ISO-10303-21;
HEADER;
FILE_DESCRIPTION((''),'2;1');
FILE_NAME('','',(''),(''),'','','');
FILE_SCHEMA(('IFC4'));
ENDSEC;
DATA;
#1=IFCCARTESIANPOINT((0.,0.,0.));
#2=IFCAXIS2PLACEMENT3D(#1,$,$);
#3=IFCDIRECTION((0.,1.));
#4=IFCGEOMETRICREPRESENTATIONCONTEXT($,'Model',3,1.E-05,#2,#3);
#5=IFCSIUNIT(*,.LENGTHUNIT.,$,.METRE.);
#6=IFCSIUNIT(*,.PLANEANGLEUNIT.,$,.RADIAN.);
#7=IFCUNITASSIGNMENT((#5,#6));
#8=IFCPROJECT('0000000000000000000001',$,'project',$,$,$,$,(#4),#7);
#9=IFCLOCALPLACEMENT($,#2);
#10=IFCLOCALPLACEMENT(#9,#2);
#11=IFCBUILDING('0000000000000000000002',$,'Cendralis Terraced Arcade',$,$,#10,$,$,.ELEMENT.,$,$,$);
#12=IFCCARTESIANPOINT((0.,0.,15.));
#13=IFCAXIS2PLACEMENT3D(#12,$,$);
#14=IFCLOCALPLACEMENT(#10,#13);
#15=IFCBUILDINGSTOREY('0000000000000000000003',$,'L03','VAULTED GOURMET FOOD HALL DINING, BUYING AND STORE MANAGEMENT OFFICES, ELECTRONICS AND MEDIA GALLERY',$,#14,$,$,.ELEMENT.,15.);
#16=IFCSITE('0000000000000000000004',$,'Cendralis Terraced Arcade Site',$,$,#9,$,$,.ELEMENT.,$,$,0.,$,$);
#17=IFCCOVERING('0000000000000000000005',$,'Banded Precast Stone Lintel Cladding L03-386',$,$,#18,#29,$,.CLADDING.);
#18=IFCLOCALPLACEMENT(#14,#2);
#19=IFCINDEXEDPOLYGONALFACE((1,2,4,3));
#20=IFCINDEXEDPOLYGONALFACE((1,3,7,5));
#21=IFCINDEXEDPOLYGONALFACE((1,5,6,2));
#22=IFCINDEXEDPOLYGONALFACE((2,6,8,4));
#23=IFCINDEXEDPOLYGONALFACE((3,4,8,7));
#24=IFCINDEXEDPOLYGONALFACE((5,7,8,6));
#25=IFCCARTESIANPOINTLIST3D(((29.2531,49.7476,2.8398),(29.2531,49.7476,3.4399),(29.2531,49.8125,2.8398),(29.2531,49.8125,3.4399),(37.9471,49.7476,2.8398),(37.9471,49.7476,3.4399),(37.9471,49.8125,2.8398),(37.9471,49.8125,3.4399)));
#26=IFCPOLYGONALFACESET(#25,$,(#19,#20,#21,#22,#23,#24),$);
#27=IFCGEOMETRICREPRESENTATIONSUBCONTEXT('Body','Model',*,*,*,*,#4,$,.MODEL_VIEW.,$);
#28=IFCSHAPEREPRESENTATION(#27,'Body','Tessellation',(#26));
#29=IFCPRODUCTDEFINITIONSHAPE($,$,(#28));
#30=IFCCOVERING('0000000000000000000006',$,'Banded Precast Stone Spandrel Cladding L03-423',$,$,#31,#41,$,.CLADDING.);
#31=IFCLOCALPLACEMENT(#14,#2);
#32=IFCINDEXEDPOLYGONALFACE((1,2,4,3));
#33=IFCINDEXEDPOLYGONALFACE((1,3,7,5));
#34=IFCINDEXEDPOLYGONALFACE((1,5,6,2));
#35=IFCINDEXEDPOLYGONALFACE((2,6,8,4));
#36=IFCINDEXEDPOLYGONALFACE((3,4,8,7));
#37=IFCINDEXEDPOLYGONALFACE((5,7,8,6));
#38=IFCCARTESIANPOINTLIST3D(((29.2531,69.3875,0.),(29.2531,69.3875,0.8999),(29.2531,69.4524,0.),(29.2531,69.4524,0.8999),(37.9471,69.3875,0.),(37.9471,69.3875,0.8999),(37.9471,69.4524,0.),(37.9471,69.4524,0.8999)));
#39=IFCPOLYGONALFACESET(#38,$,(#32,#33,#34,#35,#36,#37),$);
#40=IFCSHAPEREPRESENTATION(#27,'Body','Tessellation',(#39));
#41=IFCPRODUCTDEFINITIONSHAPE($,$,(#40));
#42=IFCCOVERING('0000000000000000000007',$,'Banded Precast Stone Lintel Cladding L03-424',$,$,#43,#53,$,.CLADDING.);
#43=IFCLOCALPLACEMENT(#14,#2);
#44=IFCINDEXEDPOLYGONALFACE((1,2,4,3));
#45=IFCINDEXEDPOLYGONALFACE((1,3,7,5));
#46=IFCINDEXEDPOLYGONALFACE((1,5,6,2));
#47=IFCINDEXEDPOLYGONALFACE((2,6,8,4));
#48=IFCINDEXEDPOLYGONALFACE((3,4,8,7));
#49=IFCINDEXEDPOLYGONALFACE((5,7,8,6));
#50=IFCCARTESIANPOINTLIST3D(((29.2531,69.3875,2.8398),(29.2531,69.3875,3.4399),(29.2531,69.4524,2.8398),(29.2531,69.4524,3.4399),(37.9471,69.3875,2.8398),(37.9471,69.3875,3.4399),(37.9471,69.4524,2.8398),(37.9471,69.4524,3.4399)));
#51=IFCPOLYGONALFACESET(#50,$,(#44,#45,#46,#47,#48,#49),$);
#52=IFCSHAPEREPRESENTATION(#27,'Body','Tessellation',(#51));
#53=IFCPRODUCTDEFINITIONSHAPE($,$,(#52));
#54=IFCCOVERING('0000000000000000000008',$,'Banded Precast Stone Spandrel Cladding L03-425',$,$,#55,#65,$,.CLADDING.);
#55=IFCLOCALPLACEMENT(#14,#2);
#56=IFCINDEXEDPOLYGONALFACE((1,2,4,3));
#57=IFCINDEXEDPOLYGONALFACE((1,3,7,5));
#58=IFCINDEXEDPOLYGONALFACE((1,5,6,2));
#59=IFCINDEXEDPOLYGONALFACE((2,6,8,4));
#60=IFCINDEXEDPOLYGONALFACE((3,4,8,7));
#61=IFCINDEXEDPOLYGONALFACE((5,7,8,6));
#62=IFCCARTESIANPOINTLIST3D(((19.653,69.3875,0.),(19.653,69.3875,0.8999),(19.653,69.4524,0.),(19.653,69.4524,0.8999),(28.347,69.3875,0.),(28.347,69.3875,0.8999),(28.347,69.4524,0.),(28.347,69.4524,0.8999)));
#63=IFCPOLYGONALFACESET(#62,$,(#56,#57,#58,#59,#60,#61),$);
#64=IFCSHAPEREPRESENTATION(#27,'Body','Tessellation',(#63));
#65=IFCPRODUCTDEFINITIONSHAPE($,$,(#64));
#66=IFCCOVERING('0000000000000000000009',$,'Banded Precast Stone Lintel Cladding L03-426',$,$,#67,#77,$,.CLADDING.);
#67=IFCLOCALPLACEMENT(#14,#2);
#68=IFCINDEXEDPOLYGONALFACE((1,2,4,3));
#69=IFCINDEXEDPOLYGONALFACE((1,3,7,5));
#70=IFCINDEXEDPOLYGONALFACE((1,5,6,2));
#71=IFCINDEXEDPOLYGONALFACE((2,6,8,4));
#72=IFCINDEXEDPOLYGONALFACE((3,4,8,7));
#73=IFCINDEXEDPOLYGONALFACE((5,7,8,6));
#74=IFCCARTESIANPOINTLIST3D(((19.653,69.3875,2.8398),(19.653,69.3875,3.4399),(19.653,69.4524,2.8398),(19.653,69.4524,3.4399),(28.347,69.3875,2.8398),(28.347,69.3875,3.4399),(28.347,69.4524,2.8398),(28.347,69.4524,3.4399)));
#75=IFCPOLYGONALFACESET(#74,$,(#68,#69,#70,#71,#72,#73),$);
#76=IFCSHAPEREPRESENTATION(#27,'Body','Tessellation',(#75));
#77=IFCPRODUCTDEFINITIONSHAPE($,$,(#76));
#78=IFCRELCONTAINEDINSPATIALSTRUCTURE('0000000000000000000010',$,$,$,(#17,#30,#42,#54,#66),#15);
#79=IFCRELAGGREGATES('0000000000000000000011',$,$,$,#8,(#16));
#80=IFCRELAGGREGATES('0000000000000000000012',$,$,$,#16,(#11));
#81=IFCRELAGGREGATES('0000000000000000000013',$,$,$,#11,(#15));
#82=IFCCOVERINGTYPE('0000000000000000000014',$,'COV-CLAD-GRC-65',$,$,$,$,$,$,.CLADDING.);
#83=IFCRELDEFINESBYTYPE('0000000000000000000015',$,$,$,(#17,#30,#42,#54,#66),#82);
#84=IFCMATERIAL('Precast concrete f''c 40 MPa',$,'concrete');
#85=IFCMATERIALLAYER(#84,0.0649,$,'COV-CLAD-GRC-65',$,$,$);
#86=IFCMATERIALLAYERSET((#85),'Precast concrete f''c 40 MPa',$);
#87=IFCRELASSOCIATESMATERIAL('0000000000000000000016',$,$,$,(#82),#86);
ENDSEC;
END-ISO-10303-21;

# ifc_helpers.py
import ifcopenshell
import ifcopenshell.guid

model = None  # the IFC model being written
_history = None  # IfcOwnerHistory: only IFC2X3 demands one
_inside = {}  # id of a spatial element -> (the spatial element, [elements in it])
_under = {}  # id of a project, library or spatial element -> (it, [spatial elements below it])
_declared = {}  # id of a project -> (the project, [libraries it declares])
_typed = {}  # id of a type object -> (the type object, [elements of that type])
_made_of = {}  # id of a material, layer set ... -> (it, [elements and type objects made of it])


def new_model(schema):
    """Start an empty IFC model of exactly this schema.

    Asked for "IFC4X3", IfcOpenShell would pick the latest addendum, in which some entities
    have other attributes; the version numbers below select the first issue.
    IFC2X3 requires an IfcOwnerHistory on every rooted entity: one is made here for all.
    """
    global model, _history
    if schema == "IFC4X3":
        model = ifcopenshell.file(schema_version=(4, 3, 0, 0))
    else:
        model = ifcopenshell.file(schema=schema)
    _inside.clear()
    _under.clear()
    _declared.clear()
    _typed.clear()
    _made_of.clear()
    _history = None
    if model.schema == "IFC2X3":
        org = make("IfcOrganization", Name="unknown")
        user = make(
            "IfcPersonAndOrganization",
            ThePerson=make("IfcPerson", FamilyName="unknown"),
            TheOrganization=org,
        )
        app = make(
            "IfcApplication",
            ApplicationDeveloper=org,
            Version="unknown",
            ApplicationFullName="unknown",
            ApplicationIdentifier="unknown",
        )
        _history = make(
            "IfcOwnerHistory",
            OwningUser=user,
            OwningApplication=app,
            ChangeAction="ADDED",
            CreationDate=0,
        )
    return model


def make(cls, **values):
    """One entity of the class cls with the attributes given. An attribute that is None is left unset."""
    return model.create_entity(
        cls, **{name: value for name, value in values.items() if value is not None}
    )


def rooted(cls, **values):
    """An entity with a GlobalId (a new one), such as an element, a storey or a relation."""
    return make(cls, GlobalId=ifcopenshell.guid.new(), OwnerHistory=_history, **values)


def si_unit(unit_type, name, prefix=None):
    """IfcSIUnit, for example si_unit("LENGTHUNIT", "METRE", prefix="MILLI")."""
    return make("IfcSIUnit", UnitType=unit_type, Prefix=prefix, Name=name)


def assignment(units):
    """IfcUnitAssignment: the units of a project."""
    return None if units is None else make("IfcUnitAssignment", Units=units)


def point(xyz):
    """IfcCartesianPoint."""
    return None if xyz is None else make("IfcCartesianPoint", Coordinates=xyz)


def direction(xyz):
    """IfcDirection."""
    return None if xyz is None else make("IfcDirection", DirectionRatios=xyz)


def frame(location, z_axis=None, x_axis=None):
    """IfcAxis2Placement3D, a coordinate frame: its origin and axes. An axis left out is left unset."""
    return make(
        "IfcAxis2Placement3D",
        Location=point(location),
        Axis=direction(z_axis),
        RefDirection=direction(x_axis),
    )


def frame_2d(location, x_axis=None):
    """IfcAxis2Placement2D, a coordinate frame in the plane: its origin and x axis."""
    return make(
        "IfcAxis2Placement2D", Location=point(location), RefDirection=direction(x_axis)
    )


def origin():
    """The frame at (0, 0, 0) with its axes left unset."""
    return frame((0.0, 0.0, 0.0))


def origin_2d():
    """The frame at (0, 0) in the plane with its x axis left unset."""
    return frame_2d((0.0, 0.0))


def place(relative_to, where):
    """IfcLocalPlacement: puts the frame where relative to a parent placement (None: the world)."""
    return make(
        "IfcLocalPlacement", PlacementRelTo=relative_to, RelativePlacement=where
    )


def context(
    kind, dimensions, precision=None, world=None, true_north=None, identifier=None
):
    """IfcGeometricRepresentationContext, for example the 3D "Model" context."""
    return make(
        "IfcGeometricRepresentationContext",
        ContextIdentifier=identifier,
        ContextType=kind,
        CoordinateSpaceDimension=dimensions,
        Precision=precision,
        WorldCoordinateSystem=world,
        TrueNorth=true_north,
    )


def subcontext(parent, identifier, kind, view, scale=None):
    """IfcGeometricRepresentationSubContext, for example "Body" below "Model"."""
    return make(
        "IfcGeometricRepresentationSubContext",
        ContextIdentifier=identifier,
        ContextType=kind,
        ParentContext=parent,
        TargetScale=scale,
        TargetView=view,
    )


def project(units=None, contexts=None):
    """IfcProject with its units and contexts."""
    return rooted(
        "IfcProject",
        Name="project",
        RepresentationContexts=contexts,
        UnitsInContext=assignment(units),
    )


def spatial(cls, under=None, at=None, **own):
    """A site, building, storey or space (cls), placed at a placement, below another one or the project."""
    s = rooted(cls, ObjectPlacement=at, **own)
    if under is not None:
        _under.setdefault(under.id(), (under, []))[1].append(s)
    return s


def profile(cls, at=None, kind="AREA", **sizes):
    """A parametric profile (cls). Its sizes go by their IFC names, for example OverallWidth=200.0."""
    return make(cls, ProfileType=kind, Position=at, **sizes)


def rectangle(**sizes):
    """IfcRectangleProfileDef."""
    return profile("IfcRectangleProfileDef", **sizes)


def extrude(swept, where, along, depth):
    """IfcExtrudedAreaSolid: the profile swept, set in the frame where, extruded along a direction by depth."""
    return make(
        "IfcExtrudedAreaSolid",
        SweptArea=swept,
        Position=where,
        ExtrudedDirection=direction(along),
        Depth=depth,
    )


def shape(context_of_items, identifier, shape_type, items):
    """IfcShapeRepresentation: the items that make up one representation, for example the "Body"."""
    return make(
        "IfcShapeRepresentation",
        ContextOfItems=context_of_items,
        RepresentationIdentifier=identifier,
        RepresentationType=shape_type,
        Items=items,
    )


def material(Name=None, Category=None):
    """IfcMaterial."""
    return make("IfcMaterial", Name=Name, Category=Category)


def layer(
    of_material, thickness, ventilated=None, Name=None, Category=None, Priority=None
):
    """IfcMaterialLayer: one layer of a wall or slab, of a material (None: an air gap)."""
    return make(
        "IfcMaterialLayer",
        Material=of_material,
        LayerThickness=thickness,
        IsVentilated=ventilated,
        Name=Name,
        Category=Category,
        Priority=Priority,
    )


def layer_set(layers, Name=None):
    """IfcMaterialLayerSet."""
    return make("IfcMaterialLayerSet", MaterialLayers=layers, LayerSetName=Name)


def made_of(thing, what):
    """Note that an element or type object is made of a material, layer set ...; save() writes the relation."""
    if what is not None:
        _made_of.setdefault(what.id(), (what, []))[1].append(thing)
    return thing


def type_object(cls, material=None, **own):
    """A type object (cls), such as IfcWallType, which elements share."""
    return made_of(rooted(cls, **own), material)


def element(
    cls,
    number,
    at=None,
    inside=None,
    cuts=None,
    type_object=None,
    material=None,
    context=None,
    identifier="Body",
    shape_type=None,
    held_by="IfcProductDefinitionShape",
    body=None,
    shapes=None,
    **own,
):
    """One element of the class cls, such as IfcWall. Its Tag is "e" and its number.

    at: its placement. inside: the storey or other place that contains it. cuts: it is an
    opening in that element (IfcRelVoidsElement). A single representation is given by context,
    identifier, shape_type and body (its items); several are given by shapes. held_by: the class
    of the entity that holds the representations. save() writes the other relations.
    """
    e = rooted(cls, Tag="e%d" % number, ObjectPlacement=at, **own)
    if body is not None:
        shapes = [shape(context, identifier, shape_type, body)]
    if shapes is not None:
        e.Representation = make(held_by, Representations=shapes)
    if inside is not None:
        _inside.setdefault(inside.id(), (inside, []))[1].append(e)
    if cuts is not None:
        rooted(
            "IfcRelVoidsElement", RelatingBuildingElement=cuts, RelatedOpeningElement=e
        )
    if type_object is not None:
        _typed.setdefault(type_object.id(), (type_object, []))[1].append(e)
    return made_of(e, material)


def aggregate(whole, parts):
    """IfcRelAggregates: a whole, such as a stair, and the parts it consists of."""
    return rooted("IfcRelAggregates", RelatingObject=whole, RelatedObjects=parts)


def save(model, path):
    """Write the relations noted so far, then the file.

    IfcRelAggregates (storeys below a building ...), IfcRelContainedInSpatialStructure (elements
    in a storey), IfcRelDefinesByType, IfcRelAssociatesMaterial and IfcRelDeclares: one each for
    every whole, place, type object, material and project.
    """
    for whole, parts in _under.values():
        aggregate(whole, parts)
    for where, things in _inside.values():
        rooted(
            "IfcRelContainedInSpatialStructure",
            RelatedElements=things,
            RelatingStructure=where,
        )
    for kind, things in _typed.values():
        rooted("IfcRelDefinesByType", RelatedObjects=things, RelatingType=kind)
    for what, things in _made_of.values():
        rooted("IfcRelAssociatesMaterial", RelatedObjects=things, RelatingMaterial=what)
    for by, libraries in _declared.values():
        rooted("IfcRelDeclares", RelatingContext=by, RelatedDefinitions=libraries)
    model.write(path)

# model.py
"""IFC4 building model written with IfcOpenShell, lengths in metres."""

from ifc_helpers import new_model, si_unit, direction, frame, origin, origin_2d, place, context, subcontext, project, spatial, rectangle, extrude, material, layer, layer_set, type_object, element, save


model = new_model("IFC4")

# Units and contexts
model_context = context("Model", 3, precision=1e-05, world=origin(), true_north=direction((0.0, 1.0)))
body_context = subcontext(model_context, "Body", "Model", "MODEL_VIEW")
ifc_project = project(units=[si_unit("LENGTHUNIT", "METRE"), si_unit("PLANEANGLEUNIT", "RADIAN")], contexts=[model_context])

# Site, building, storey
site_placement = place(None, origin())
site = spatial("IfcSite", under=ifc_project, at=site_placement, Name="Cendralis Terraced Arcade Site", CompositionType="ELEMENT", RefElevation=0.0)
building_placement = place(site_placement, origin())
building = spatial("IfcBuilding", under=site, at=building_placement, Name="Cendralis Terraced Arcade", CompositionType="ELEMENT")
storey_placement = place(building_placement, frame((0.0, 0.0, 15.0)))
storey = spatial("IfcBuildingStorey", under=building, at=storey_placement, Name="L03", Description="VAULTED GOURMET FOOD HALL DINING, BUYING AND STORE MANAGEMENT OFFICES, ELECTRONICS AND MEDIA GALLERY", CompositionType="ELEMENT", Elevation=15.0)

# Shared definitions
ifc_material_1 = material(Name="Precast concrete f'c 40 MPa", Category="concrete")

# Coverings
ifc_layer_1 = layer(ifc_material_1, 0.0649, Name="COV-CLAD-GRC-65")
ifc_layer_set_1 = layer_set([ifc_layer_1], Name="Precast concrete f'c 40 MPa")
covering_type = type_object("IfcCoveringType", Name="COV-CLAD-GRC-65", PredefinedType="CLADDING", material=ifc_layer_set_1)
covering_1_placement = place(storey_placement, frame((33.6001, 49.78, 2.8398), z_axis=(0.0, 0.0, 1.0), x_axis=(1.0, 0.0, 0.0)))
element("IfcCovering", 1, at=covering_1_placement, inside=storey, type_object=covering_type, Name="Banded Precast Stone Lintel Cladding L03-386", PredefinedType="CLADDING", context=body_context, shape_type="SweptSolid", body=[
    extrude(rectangle(XDim=8.6941, YDim=0.0649, at=origin_2d()), origin(), (0.0, 0.0, 1.0), 0.6001),
])
covering_2_placement = place(storey_placement, frame((33.6001, 69.4199, 0.0), z_axis=(0.0, 0.0, 1.0), x_axis=(-1.0, 0.0, 0.0)))
element("IfcCovering", 2, at=covering_2_placement, inside=storey, type_object=covering_type, Name="Banded Precast Stone Spandrel Cladding L03-423", PredefinedType="CLADDING", context=body_context, shape_type="SweptSolid", body=[
    extrude(rectangle(XDim=8.6941, YDim=0.0649, at=origin_2d()), origin(), (0.0, 0.0, 1.0), 0.8999),
])
covering_3_placement = place(storey_placement, frame((33.6001, 69.4199, 2.8398), z_axis=(0.0, 0.0, 1.0), x_axis=(-1.0, 0.0, 0.0)))
element("IfcCovering", 3, at=covering_3_placement, inside=storey, type_object=covering_type, Name="Banded Precast Stone Lintel Cladding L03-424", PredefinedType="CLADDING", context=body_context, shape_type="SweptSolid", body=[
    extrude(rectangle(XDim=8.6941, YDim=0.0649, at=origin_2d()), origin(), (0.0, 0.0, 1.0), 0.6001),
])
covering_4_placement = place(storey_placement, frame((24.0, 69.4199, 0.0), z_axis=(0.0, 0.0, 1.0), x_axis=(-1.0, 0.0, 0.0)))
element("IfcCovering", 4, at=covering_4_placement, inside=storey, type_object=covering_type, Name="Banded Precast Stone Spandrel Cladding L03-425", PredefinedType="CLADDING", context=body_context, shape_type="SweptSolid", body=[
    extrude(rectangle(XDim=8.6941, YDim=0.0649, at=origin_2d()), origin(), (0.0, 0.0, 1.0), 0.8999),
])
covering_5_placement = place(storey_placement, frame((24.0, 69.4199, 2.8398), z_axis=(0.0, 0.0, 1.0), x_axis=(-1.0, 0.0, 0.0)))
element("IfcCovering", 5, at=covering_5_placement, inside=storey, type_object=covering_type, Name="Banded Precast Stone Lintel Cladding L03-426", PredefinedType="CLADDING", context=body_context, shape_type="SweptSolid", body=[
    extrude(rectangle(XDim=8.6941, YDim=0.0649, at=origin_2d()), origin(), (0.0, 0.0, 1.0), 0.6001),
])

save(model, "model.ifc")
